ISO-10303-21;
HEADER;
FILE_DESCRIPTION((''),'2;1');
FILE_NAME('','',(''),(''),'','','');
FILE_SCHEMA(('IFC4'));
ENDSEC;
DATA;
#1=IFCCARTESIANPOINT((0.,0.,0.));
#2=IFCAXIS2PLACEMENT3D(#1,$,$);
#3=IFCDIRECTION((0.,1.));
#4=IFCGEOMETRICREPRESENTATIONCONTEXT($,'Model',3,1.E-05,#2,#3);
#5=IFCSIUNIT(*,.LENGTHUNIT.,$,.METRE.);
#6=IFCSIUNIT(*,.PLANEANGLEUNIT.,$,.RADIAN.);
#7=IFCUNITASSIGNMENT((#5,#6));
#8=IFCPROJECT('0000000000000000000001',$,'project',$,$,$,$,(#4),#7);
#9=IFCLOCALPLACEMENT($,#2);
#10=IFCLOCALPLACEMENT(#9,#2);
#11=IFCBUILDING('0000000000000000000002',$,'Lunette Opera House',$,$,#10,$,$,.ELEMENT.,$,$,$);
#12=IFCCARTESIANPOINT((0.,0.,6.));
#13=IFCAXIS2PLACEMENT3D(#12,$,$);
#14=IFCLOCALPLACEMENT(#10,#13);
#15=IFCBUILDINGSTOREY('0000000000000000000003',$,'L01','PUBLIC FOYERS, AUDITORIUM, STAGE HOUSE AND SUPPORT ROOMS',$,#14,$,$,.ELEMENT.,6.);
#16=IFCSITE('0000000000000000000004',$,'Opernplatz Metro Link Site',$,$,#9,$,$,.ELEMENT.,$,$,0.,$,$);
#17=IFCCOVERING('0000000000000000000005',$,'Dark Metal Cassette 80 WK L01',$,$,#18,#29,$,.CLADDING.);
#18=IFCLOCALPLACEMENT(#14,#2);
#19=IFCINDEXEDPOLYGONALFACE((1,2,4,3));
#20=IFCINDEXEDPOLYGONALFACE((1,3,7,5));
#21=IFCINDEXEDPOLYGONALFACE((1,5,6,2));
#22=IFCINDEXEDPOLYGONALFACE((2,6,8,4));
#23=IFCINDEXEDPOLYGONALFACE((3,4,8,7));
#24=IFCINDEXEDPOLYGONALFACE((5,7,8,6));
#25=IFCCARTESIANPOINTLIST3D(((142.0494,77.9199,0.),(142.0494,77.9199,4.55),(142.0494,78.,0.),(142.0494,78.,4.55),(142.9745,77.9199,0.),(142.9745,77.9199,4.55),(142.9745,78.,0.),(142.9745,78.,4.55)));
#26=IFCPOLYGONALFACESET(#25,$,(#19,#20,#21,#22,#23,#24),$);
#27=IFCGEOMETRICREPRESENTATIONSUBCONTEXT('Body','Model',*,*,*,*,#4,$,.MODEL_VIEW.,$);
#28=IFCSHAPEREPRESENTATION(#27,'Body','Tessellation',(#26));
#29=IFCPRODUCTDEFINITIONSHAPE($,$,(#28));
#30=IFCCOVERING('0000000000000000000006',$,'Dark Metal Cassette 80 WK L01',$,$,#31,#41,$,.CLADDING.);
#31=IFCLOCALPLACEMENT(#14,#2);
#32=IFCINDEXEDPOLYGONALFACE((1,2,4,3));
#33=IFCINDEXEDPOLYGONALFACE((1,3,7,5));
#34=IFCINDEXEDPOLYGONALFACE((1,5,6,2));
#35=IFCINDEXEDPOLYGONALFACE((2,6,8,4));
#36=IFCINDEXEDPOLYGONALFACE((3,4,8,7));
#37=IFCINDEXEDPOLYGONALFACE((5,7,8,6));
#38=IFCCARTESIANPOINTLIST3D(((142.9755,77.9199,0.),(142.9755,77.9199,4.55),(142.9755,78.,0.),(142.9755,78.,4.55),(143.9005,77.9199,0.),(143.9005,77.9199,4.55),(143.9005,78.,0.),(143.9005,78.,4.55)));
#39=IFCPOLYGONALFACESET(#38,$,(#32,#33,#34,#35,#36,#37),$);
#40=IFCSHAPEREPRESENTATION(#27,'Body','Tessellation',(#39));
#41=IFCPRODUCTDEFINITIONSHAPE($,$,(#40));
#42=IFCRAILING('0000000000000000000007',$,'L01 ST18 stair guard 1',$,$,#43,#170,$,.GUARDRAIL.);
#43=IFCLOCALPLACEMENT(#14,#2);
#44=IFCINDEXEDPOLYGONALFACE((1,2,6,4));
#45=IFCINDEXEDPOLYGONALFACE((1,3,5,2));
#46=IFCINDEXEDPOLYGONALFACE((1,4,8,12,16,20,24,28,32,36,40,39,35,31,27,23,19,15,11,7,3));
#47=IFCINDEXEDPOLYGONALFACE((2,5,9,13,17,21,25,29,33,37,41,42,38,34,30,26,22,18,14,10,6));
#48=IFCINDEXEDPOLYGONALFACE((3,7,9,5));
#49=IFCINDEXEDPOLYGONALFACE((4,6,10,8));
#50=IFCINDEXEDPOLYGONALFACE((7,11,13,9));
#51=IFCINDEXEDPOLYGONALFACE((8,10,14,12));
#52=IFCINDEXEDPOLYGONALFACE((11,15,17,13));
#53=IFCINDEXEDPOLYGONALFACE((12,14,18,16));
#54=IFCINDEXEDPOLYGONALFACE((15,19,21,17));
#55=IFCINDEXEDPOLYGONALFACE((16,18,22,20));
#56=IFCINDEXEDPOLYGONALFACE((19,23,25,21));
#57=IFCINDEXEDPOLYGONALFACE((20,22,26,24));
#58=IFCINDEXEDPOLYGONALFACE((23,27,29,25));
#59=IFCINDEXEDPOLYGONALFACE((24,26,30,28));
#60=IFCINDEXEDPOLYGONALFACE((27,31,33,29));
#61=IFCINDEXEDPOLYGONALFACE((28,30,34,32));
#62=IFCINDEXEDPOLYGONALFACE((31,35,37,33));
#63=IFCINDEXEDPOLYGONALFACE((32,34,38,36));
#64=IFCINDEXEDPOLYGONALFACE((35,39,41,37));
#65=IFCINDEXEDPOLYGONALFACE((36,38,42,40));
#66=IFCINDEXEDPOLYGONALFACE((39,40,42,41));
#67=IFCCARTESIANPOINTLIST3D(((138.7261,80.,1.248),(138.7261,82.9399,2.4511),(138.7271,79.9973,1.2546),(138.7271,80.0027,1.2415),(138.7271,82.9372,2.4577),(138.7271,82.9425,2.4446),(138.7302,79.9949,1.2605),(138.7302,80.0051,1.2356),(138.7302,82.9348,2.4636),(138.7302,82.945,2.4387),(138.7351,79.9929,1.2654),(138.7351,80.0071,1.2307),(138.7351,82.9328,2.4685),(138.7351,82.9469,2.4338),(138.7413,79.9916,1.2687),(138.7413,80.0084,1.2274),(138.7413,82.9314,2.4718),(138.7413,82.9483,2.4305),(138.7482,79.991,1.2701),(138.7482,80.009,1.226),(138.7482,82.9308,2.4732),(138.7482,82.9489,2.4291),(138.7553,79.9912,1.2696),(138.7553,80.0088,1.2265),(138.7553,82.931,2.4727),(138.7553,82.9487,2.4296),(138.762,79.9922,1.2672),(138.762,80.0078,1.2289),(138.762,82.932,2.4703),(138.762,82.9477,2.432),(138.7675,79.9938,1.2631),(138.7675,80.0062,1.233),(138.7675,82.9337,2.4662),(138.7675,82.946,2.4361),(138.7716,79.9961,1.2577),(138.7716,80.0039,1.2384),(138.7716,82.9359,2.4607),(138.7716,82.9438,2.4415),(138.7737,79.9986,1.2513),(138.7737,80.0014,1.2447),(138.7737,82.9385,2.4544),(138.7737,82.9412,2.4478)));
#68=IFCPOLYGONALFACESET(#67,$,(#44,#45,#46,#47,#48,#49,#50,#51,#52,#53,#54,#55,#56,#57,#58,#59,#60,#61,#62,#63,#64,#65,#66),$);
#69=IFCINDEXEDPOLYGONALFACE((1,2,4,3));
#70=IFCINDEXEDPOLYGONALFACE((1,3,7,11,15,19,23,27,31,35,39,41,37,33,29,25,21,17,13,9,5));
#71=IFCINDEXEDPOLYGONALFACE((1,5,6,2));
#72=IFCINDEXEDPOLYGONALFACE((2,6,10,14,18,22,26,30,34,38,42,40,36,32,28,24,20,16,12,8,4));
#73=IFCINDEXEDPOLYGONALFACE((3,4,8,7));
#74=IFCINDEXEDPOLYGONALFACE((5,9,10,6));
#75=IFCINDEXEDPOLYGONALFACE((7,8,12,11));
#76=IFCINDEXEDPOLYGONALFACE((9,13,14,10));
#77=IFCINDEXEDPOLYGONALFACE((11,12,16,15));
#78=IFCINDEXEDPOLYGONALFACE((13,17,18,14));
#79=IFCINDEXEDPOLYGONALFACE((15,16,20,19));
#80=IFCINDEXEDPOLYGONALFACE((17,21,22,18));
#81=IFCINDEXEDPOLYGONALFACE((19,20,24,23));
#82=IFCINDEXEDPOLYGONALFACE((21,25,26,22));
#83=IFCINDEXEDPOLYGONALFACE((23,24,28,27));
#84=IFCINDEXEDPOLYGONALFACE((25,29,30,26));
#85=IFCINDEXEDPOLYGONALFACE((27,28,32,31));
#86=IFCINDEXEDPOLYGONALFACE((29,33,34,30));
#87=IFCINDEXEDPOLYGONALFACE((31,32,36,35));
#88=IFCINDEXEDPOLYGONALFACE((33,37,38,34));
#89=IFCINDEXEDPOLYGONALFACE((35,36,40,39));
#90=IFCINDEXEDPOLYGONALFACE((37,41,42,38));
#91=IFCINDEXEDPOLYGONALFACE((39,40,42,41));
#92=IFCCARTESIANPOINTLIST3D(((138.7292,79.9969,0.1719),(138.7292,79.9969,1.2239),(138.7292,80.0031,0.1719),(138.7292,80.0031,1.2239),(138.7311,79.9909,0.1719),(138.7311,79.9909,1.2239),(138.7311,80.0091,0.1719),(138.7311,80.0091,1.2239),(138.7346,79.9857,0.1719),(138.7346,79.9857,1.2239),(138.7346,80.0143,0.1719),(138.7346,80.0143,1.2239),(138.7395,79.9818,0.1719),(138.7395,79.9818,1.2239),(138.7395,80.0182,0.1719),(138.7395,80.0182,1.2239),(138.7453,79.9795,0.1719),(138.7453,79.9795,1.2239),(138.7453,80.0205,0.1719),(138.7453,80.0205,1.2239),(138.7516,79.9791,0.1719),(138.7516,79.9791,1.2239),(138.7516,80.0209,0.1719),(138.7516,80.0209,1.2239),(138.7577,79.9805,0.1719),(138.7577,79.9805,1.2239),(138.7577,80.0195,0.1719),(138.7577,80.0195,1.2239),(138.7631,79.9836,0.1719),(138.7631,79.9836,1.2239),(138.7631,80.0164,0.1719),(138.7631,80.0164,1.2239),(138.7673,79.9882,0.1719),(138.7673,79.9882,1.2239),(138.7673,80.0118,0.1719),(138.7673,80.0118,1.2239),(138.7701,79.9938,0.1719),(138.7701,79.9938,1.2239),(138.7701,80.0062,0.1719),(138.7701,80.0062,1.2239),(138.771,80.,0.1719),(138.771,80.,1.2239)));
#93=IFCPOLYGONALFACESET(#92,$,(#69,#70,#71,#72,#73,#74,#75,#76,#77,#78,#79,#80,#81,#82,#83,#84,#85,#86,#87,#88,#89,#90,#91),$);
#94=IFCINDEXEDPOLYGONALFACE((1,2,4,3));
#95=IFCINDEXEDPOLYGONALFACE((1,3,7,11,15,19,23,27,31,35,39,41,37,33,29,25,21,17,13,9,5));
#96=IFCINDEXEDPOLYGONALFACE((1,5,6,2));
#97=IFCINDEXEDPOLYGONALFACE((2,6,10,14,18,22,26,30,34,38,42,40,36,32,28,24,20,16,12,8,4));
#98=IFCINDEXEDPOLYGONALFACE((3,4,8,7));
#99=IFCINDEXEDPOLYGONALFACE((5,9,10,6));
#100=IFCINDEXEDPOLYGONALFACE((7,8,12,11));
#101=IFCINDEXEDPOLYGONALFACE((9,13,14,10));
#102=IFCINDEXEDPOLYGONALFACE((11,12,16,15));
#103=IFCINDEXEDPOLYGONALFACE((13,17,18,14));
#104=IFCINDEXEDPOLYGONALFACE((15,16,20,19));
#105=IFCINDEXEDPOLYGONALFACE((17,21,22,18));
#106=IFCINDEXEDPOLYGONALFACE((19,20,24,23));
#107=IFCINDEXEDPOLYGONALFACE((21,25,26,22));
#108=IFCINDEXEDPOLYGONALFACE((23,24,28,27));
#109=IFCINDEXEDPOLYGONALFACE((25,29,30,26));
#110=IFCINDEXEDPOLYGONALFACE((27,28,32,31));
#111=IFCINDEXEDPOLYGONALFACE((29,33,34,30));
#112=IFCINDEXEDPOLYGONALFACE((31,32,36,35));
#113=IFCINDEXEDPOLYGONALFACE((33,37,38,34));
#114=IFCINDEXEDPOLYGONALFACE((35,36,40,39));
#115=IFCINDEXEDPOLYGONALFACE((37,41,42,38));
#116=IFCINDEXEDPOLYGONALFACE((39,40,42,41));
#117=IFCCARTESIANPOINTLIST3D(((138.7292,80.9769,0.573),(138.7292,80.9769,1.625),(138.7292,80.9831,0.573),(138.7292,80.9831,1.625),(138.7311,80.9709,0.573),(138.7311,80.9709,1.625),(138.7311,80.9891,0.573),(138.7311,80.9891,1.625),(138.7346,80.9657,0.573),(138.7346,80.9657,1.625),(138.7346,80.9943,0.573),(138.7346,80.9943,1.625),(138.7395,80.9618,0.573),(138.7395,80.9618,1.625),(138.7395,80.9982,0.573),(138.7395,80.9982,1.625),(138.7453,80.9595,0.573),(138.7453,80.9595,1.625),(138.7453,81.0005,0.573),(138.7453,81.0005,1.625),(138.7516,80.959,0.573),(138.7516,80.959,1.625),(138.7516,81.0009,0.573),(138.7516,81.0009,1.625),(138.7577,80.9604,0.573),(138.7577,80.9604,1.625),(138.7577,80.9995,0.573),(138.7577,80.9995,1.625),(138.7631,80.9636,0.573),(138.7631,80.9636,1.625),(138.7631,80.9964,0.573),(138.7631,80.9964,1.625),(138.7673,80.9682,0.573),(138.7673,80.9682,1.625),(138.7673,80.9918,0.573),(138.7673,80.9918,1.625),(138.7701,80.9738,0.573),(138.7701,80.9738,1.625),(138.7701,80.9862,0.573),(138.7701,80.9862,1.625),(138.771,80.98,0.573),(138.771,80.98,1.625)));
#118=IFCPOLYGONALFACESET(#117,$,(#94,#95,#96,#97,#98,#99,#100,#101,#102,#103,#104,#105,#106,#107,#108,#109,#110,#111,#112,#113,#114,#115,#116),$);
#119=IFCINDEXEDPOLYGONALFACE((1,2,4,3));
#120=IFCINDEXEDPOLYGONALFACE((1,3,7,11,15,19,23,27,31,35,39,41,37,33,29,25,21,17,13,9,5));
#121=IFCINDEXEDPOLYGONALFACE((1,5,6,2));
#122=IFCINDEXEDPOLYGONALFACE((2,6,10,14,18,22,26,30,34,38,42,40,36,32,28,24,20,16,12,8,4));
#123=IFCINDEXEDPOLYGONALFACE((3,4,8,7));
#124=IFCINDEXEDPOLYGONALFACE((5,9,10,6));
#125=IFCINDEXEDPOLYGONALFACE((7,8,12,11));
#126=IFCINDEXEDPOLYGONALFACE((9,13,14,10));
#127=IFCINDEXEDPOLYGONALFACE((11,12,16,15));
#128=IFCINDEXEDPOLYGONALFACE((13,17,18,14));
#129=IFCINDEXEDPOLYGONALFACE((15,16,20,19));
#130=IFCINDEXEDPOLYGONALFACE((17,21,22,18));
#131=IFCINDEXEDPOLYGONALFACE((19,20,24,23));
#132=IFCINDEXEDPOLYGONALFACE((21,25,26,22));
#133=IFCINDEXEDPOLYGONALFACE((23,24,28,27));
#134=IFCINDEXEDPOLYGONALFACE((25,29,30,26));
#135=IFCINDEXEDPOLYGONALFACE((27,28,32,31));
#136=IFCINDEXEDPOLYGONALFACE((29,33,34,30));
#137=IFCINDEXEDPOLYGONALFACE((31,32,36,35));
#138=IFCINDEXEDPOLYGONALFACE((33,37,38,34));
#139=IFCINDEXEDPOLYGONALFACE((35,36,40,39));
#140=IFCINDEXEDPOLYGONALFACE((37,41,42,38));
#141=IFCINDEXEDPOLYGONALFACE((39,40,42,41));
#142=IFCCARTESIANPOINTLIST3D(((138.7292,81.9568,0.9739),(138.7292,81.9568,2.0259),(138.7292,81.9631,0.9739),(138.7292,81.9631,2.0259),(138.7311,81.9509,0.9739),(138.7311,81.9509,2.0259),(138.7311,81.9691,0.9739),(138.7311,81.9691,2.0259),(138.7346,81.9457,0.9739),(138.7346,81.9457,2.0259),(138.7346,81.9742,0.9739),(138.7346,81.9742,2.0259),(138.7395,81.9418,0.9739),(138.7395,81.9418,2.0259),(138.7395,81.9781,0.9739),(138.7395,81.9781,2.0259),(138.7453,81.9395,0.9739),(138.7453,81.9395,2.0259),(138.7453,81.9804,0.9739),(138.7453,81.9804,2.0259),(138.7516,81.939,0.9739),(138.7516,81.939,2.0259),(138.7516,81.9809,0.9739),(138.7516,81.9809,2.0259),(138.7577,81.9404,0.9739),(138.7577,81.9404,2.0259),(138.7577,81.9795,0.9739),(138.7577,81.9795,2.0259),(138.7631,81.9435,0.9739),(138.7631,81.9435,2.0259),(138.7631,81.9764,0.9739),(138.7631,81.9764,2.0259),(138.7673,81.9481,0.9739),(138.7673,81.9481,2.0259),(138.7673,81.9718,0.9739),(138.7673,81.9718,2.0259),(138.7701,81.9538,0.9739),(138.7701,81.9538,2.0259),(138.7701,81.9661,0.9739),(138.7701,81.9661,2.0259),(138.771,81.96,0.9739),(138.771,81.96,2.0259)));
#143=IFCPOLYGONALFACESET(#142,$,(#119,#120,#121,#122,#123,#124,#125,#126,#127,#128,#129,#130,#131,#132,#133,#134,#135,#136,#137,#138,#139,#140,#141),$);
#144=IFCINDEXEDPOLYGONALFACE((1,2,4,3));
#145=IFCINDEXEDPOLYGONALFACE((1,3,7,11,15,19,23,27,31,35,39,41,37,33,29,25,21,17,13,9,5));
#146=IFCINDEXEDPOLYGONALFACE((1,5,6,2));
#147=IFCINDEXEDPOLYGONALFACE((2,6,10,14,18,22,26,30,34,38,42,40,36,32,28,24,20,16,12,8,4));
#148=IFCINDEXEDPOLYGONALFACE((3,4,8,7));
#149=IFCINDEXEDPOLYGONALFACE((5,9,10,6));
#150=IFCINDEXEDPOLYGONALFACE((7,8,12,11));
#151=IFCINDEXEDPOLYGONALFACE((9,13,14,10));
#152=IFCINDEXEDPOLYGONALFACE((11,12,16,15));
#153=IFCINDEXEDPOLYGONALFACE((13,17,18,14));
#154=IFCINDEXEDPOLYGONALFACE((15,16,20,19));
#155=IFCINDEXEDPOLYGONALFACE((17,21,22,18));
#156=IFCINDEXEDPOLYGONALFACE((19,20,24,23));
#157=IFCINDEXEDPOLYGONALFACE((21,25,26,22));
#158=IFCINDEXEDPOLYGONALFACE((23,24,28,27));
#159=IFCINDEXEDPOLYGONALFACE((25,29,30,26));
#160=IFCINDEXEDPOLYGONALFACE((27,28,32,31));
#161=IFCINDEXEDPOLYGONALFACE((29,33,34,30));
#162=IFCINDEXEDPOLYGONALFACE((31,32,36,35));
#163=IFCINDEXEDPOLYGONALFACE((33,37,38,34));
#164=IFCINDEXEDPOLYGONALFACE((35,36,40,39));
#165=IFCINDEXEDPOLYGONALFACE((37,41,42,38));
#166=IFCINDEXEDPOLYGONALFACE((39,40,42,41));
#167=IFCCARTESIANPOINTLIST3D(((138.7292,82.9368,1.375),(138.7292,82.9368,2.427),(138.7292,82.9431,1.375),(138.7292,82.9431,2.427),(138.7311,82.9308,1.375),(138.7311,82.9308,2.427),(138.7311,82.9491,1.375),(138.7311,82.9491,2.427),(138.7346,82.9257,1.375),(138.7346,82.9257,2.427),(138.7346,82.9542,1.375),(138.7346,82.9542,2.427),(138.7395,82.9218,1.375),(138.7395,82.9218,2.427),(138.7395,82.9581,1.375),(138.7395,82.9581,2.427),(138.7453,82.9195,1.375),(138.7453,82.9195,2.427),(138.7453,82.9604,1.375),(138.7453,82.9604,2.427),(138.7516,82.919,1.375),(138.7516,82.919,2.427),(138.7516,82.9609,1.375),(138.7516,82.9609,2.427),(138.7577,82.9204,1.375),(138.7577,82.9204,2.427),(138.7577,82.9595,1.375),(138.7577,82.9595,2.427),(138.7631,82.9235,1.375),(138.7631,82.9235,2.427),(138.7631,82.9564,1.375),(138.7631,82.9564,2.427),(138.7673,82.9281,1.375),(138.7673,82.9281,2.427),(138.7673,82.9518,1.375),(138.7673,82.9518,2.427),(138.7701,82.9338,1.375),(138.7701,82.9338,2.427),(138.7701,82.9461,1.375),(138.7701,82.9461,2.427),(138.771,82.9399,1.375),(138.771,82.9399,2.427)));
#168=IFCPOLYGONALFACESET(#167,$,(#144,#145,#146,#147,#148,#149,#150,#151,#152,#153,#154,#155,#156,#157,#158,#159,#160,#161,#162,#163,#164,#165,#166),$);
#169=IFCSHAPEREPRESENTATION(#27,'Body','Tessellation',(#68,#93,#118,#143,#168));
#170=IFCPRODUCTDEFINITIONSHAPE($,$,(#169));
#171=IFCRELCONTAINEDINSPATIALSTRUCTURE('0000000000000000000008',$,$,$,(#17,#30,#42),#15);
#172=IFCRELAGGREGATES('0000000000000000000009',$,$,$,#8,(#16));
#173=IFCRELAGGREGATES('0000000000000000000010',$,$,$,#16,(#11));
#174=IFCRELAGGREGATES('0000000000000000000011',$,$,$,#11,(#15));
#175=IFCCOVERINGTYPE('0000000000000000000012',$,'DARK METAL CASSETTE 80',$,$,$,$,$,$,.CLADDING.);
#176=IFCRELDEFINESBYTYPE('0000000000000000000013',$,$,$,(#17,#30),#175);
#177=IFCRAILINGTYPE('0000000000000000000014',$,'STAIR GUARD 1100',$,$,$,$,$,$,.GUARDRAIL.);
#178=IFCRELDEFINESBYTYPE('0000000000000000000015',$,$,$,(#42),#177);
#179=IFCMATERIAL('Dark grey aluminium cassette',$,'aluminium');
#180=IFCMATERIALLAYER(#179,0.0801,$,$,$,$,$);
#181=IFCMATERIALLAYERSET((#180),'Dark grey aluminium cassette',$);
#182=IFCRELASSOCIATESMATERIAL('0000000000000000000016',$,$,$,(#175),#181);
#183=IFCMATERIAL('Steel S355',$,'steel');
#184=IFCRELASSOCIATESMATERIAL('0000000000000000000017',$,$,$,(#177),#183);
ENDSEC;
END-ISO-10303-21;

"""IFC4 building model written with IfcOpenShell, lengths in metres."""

from ifc_helpers import new_model, si_unit, direction, frame, origin, origin_2d, place, context, subcontext, project, spatial, rectangle, circle, extrude, material, layer, layer_set, type_object, element, save


model = new_model("IFC4")

# Units and contexts
model_context = context("Model", 3, precision=1e-05, world=origin(), true_north=direction((0.0, 1.0)))
body_context = subcontext(model_context, "Body", "Model", "MODEL_VIEW")
ifc_project = project(units=[si_unit("LENGTHUNIT", "METRE"), si_unit("PLANEANGLEUNIT", "RADIAN")], contexts=[model_context])

# Site, building, storey
site_placement = place(None, origin())
site = spatial("IfcSite", under=ifc_project, at=site_placement, Name="Opernplatz Metro Link Site", CompositionType="ELEMENT", RefElevation=0.0)
building_placement = place(site_placement, origin())
building = spatial("IfcBuilding", under=site, at=building_placement, Name="Lunette Opera House", CompositionType="ELEMENT")
storey_placement = place(building_placement, frame((0.0, 0.0, 6.0)))
storey = spatial("IfcBuildingStorey", under=building, at=storey_placement, Name="L01", Description="PUBLIC FOYERS, AUDITORIUM, STAGE HOUSE AND SUPPORT ROOMS", CompositionType="ELEMENT", Elevation=6.0)

# Coverings
ifc_material_1 = material(Name="Dark grey aluminium cassette", Category="aluminium")
ifc_layer_1 = layer(ifc_material_1, 0.0801)
ifc_layer_set_1 = layer_set([ifc_layer_1], Name="Dark grey aluminium cassette")
covering_type = type_object("IfcCoveringType", Name="DARK METAL CASSETTE 80", PredefinedType="CLADDING", material=ifc_layer_set_1)
for number, where, z_axis, x_axis, name in (
    (1, (142.512, 77.96, 0.0), (0.0, 0.0, 1.0), (1.0, 0.0, 0.0), "Dark Metal Cassette 80 WK L01"),
    (2, (143.438, 77.96, 0.0), (0.0, 0.0, 1.0), (1.0, 0.0, 0.0), "Dark Metal Cassette 80 WK L01"),
):
    element("IfcCovering", number, at=place(storey_placement, frame(where, z_axis=z_axis, x_axis=x_axis)), inside=storey, type_object=covering_type, Name=name, PredefinedType="CLADDING", context=body_context, shape_type="SweptSolid", body=[
        extrude(rectangle(XDim=0.925, YDim=0.0801, at=origin_2d()), origin(), (0.0, 0.0, 1.0), 4.55),
    ])

# Railing
ifc_material_2 = material(Name="Steel S355", Category="steel")
railing_type_1 = type_object("IfcRailingType", Name="STAIR GUARD 1100", PredefinedType="GUARDRAIL", material=ifc_material_2)
railing_1_placement = place(storey_placement, frame((138.75, 80.0, 0.1719)))
element("IfcRailing", 3, at=railing_1_placement, inside=storey, type_object=railing_type_1, Name="L01 ST18 stair guard 1", PredefinedType="GUARDRAIL", context=body_context, shape_type="SweptSolid", body=[
    extrude(circle(Radius=0.0239, at=origin_2d()), frame((0.0, 0.0, 1.0762), z_axis=(0.0, 0.9255, 0.378747), x_axis=(-1.0, 0.0, 0.0)), (0.0, 0.0, 1.0), 3.1765),
    extrude(circle(Radius=0.021, at=origin_2d()), origin(), (0.0, 0.0, 1.0), 1.052),
    extrude(circle(Radius=0.021, at=origin_2d()), frame((0.0, 0.98, 0.4011)), (0.0, 0.0, 1.0), 1.052),
    extrude(circle(Radius=0.021, at=origin_2d()), frame((0.0, 1.96, 0.802)), (0.0, 0.0, 1.0), 1.052),
    extrude(circle(Radius=0.021, at=origin_2d()), frame((0.0, 2.9399, 1.2031)), (0.0, 0.0, 1.0), 1.052),
])

save(model, "model.ifc")
